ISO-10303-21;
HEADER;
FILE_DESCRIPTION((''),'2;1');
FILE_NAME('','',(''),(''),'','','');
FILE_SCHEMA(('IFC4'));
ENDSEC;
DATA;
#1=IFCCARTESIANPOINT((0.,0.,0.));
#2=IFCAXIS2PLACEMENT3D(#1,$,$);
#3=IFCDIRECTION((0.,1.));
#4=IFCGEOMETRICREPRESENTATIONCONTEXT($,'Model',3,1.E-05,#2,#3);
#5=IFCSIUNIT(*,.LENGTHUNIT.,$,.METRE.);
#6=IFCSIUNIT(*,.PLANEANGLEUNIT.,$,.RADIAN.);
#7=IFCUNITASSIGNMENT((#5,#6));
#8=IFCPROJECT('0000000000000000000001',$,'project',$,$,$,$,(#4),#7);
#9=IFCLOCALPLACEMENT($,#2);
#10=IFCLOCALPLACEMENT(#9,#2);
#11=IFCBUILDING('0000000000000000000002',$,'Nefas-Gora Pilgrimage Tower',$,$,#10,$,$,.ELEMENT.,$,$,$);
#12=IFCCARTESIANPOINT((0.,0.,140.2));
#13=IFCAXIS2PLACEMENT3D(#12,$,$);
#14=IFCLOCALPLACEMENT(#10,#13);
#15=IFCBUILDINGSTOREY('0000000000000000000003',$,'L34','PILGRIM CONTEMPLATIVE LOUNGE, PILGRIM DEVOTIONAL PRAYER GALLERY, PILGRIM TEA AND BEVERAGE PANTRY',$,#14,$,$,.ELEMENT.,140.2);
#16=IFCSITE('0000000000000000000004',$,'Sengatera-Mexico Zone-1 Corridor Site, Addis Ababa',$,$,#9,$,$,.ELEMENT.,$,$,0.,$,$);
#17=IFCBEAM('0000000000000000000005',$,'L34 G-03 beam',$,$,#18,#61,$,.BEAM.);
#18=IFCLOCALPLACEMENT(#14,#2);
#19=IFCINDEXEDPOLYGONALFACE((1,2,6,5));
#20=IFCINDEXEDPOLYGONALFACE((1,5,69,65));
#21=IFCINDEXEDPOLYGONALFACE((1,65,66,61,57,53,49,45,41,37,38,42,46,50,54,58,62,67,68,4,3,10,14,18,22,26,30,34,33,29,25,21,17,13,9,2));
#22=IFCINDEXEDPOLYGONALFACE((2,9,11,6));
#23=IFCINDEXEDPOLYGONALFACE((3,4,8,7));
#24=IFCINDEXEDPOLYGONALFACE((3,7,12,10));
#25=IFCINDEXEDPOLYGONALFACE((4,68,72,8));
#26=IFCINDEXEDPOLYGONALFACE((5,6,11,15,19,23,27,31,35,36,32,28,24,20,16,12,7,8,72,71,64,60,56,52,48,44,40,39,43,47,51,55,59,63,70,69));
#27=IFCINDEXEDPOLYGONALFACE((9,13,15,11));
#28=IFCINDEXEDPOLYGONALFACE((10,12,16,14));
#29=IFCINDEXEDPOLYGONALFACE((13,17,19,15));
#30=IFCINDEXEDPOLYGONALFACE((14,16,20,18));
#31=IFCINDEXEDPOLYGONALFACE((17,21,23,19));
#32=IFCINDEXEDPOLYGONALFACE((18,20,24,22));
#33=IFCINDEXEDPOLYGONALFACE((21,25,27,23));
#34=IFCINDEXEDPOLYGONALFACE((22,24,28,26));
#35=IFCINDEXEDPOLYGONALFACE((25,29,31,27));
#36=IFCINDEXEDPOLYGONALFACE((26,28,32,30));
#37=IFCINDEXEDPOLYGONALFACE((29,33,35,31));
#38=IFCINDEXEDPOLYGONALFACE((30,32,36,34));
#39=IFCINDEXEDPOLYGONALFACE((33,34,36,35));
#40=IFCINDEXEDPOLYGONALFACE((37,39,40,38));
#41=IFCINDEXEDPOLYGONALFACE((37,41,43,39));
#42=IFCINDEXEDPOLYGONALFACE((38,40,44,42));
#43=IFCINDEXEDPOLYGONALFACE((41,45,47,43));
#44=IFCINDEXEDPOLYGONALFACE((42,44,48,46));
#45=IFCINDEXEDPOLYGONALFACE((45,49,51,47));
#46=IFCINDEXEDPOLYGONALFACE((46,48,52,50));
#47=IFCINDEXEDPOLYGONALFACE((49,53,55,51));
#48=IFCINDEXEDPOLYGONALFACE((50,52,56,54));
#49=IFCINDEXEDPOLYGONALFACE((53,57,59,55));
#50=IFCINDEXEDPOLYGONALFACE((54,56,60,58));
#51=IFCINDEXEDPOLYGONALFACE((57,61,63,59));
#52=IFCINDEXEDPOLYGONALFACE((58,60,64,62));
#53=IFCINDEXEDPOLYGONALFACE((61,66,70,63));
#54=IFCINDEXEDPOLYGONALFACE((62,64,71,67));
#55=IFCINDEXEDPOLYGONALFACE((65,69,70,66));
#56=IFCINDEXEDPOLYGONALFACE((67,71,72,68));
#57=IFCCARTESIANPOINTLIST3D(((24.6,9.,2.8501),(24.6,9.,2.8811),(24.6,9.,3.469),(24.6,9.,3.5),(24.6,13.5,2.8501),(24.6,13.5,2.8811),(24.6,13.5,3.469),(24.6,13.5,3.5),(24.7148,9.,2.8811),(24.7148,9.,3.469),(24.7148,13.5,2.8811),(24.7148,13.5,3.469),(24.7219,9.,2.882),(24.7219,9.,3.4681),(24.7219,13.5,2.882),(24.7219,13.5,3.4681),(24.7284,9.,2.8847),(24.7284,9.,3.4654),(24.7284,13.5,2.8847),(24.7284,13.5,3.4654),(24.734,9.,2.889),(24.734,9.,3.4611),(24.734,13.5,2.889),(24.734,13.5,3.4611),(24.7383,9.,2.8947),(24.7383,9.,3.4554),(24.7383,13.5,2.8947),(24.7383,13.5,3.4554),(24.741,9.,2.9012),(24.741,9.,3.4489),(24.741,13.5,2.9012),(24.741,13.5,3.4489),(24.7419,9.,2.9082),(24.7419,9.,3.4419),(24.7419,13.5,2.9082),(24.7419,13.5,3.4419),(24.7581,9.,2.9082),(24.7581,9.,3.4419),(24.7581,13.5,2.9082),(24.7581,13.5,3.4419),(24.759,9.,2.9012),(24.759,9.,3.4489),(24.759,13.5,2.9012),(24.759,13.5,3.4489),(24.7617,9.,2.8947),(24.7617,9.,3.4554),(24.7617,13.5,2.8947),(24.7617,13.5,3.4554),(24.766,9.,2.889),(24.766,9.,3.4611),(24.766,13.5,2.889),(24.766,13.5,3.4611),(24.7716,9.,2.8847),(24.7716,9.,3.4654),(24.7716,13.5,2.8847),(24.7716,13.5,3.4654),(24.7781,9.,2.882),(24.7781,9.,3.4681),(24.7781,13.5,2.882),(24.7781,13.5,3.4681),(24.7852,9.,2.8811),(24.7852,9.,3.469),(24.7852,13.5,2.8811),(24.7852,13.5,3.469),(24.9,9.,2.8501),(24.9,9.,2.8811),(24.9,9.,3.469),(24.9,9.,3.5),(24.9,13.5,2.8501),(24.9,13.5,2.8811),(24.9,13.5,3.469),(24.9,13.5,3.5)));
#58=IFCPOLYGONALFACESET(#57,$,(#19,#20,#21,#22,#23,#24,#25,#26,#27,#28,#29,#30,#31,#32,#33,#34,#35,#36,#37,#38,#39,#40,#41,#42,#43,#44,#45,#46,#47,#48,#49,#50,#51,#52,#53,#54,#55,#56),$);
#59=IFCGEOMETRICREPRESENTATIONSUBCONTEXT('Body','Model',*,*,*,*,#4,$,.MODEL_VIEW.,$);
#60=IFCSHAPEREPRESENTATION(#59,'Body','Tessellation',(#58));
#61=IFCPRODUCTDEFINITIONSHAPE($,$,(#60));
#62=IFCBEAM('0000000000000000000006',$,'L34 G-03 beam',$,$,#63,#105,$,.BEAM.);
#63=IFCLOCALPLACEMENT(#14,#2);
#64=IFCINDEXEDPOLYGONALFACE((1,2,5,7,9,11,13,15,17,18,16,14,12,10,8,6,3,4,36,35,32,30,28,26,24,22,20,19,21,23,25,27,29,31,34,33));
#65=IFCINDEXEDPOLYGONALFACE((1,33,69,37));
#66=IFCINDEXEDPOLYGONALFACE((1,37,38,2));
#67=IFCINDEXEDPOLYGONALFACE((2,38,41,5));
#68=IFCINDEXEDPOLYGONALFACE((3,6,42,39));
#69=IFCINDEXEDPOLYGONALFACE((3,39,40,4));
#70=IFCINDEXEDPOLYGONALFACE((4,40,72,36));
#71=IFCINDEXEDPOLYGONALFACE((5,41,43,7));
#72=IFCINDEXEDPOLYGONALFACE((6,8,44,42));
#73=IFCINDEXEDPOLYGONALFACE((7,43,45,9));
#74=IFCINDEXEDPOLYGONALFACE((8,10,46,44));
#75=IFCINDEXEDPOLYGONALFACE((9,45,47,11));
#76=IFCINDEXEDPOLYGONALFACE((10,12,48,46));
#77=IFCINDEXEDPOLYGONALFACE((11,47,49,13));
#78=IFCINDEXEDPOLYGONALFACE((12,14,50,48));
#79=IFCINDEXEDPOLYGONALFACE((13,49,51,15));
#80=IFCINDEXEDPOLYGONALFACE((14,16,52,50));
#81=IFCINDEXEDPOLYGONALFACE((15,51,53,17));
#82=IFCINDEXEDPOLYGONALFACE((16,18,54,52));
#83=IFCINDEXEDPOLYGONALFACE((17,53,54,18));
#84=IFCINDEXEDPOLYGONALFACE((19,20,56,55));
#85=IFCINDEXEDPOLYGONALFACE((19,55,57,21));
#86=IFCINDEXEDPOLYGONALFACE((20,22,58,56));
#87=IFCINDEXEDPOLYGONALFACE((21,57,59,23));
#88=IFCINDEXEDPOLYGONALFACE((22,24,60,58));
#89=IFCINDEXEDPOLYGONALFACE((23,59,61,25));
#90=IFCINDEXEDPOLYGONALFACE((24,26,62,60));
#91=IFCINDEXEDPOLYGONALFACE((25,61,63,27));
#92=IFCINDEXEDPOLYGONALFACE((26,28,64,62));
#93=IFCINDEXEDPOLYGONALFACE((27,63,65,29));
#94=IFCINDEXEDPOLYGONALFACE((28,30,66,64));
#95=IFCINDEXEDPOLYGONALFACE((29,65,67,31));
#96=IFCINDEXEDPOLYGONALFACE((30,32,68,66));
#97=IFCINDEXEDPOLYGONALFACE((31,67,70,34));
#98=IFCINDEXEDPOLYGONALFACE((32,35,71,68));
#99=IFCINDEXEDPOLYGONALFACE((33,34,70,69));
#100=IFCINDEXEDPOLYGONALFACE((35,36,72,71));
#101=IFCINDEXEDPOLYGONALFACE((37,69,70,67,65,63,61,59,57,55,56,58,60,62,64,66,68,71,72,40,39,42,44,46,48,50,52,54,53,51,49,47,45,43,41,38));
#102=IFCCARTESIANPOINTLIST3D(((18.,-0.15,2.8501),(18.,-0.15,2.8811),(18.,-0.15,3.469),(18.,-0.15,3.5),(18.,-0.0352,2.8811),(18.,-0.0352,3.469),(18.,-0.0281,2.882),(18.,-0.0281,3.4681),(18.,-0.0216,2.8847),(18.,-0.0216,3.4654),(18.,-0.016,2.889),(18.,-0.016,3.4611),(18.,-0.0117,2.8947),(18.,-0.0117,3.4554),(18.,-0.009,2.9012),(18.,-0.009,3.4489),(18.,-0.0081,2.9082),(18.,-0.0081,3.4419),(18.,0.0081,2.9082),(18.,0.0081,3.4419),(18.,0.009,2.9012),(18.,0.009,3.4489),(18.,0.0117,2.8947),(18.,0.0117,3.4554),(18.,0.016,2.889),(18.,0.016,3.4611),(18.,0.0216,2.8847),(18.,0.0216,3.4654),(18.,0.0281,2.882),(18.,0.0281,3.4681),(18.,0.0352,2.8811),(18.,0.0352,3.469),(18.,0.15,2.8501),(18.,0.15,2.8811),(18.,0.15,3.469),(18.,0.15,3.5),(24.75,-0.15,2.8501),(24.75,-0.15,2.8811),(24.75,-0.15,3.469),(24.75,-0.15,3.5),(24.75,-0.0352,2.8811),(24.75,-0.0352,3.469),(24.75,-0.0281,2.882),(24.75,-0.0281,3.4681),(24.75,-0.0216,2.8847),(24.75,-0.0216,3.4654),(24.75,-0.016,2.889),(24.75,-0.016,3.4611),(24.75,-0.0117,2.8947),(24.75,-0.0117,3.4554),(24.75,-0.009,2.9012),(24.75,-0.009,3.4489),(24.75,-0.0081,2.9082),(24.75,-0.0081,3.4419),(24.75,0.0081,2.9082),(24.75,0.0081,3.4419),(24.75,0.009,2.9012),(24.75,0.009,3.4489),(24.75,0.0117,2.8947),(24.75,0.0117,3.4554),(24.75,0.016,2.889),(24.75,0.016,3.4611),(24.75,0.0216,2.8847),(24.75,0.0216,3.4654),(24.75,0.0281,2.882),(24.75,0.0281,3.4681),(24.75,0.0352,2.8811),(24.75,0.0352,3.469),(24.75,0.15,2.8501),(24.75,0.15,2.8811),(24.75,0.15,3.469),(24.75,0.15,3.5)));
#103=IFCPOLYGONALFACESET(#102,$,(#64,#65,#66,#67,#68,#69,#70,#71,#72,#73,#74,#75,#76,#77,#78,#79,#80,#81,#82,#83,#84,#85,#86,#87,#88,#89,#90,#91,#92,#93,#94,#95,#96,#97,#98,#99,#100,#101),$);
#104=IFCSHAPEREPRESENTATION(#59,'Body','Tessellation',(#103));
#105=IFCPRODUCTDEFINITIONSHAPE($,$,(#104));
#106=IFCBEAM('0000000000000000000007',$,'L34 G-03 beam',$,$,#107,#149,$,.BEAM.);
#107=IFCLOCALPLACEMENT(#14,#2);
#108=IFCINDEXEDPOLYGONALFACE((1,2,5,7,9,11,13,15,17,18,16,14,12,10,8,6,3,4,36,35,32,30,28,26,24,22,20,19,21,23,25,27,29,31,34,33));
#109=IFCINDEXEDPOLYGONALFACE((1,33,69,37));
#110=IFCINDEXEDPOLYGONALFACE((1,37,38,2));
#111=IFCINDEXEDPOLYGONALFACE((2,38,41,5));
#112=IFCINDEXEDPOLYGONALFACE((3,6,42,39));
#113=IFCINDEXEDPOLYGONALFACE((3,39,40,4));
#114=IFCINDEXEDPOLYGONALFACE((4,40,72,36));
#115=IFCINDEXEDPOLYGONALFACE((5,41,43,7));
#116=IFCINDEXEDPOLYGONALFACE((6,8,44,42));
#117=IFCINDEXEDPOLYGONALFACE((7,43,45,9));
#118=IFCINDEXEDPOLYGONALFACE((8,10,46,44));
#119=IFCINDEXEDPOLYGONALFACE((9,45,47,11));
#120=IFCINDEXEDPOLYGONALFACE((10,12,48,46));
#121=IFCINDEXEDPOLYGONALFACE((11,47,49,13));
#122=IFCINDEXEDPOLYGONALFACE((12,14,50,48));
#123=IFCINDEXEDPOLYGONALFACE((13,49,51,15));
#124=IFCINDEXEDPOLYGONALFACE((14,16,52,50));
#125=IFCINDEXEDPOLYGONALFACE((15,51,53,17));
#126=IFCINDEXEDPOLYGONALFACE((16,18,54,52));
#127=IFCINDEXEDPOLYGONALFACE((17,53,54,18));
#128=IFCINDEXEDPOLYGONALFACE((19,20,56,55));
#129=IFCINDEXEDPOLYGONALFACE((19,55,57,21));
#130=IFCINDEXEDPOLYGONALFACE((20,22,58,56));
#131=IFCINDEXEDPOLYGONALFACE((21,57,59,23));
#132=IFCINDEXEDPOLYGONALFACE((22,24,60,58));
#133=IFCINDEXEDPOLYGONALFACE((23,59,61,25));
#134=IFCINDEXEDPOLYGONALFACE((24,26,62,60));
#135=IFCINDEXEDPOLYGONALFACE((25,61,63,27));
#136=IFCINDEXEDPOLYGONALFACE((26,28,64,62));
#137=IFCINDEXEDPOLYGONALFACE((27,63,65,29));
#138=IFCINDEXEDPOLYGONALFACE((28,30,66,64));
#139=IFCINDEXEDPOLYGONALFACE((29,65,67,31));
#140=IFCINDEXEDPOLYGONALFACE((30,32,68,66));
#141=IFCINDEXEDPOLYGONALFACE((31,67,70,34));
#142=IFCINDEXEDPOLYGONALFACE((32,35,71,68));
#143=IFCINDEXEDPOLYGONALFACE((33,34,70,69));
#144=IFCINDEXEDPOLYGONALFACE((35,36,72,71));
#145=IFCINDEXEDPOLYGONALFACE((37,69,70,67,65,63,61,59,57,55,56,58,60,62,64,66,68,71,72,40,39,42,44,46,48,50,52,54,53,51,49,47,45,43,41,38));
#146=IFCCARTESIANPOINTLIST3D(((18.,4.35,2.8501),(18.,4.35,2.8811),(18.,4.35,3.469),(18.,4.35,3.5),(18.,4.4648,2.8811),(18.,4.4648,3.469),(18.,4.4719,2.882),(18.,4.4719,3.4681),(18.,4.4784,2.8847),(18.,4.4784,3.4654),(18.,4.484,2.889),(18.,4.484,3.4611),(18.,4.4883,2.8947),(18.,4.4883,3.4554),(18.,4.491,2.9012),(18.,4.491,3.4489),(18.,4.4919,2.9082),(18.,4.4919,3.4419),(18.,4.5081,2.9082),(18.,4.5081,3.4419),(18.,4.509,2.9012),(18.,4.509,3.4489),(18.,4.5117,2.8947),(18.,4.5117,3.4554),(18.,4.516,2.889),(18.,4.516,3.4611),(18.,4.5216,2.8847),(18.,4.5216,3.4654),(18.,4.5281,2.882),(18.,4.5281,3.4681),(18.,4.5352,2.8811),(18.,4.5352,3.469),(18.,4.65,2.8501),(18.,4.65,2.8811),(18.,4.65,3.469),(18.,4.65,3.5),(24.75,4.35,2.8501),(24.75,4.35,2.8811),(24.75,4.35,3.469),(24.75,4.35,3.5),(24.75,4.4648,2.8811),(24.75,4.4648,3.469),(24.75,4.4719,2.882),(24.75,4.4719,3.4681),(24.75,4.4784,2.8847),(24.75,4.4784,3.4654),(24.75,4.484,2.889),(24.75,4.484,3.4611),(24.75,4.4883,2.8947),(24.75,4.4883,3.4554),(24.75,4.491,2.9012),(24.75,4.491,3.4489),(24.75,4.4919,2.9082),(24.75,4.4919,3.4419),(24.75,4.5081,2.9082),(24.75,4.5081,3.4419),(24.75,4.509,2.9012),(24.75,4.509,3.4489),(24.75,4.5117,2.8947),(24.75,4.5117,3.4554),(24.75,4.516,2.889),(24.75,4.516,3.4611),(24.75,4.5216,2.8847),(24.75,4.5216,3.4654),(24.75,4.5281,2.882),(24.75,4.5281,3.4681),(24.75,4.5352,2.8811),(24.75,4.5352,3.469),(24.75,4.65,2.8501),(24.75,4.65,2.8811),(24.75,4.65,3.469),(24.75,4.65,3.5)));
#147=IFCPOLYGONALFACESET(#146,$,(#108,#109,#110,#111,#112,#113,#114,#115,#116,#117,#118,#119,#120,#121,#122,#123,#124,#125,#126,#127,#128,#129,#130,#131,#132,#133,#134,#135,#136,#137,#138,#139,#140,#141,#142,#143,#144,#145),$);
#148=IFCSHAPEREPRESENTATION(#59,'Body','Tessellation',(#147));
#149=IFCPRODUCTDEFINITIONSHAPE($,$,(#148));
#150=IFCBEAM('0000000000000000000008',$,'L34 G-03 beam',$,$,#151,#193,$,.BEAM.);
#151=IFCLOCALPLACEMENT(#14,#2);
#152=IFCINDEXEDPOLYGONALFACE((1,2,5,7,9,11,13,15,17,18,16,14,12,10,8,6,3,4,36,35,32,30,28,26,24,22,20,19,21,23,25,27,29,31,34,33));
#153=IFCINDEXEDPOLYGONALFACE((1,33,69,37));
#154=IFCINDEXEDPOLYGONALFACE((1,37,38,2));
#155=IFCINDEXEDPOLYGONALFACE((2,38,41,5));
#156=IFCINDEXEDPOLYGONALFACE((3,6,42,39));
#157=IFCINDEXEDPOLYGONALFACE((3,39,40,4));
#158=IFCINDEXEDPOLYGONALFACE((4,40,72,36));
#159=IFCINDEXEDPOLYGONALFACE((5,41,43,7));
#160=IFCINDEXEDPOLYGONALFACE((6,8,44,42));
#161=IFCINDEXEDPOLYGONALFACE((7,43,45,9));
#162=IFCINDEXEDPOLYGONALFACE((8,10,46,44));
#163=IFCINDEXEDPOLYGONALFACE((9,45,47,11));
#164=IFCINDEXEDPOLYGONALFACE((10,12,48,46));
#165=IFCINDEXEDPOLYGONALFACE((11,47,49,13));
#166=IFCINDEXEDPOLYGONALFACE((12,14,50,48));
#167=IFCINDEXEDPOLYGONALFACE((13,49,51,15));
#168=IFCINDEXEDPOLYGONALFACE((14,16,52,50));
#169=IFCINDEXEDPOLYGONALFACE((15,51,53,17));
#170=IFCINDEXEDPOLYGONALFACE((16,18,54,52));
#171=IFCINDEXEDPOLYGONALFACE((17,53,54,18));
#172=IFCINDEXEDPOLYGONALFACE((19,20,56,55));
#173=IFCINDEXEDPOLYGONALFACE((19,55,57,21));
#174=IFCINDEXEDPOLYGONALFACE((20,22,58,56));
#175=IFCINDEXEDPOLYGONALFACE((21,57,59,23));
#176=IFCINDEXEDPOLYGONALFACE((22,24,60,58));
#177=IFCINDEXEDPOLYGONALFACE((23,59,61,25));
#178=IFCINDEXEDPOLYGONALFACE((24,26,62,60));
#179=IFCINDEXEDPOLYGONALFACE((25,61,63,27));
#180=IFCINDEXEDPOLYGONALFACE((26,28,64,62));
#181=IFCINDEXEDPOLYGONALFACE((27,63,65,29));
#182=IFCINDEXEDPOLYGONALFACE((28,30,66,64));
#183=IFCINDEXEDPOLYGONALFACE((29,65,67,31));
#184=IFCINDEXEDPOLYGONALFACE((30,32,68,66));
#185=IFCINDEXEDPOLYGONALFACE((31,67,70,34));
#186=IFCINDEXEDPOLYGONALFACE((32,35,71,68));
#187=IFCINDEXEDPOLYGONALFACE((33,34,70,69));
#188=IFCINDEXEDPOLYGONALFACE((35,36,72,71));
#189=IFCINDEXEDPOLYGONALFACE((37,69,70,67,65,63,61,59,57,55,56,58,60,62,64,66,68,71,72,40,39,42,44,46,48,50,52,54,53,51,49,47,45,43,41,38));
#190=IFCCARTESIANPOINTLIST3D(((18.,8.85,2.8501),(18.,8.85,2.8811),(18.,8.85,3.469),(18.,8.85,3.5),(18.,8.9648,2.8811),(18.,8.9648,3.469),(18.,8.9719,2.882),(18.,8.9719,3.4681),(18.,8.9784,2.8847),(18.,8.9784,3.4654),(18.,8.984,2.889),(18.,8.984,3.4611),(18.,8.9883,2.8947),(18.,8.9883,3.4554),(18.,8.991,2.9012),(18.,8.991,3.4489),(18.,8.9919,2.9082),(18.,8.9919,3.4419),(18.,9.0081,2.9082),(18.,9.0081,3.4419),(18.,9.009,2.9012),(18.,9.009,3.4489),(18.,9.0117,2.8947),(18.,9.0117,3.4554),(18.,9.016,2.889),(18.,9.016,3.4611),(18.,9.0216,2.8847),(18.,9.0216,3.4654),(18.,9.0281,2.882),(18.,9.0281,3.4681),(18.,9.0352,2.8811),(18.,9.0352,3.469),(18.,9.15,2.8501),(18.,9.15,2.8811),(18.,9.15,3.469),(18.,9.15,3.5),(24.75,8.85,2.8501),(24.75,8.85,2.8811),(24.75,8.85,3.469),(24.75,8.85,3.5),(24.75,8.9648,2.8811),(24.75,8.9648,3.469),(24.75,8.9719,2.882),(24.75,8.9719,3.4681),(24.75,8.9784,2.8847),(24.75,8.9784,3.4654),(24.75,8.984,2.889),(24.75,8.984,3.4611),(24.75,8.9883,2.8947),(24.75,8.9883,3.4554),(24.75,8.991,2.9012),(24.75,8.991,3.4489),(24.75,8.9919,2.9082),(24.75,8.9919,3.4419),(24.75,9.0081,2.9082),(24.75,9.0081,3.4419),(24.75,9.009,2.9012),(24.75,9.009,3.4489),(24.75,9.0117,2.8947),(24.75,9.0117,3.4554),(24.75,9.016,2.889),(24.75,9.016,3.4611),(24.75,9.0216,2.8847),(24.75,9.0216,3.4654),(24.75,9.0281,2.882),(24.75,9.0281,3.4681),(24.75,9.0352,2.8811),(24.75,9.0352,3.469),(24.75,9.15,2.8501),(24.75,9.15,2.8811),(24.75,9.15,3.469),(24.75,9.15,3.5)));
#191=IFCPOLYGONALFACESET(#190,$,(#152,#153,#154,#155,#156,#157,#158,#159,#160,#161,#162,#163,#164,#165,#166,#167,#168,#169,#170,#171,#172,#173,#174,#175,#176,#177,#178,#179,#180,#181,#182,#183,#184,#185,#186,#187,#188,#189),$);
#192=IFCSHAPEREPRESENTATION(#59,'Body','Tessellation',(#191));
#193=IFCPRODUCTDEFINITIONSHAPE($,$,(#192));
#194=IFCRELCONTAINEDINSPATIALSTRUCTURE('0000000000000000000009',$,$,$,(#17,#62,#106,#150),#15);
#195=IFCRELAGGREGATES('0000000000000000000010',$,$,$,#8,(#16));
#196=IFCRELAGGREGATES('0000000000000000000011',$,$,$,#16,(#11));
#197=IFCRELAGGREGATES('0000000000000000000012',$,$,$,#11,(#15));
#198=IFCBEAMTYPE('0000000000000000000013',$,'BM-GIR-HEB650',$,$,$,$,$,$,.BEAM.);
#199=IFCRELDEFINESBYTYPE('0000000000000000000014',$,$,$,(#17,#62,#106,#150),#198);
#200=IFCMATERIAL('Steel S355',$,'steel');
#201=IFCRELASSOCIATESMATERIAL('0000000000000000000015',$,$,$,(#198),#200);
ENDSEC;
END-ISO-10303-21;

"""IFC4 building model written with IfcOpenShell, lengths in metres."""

from ifc_helpers import new_model, si_unit, direction, frame, origin, origin_2d, place, context, subcontext, project, spatial, i_section, extrude, source, transform, mapped, material, material_profile, profile_set, type_object, element, save


model = new_model("IFC4")

# Units and contexts
model_context = context("Model", 3, precision=1e-05, world=origin(), true_north=direction((0.0, 1.0)))
body_context = subcontext(model_context, "Body", "Model", "MODEL_VIEW")
ifc_project = project(units=[si_unit("LENGTHUNIT", "METRE"), si_unit("PLANEANGLEUNIT", "RADIAN")], contexts=[model_context])

# Site, building, storey
site_placement = place(None, origin())
site = spatial("IfcSite", under=ifc_project, at=site_placement, Name="Sengatera-Mexico Zone-1 Corridor Site, Addis Ababa", CompositionType="ELEMENT", RefElevation=0.0)
building_placement = place(site_placement, origin())
building = spatial("IfcBuilding", under=site, at=building_placement, Name="Nefas-Gora Pilgrimage Tower", CompositionType="ELEMENT")
storey_placement = place(building_placement, frame((0.0, 0.0, 140.2)))
storey = spatial("IfcBuildingStorey", under=building, at=storey_placement, Name="L34", Description="PILGRIM CONTEMPLATIVE LOUNGE, PILGRIM DEVOTIONAL PRAYER GALLERY, PILGRIM TEA AND BEVERAGE PANTRY", CompositionType="ELEMENT", Elevation=140.2)

# Beams
ifc_material_1 = material(Name="Steel S355", Category="steel")
ifc_material_profile_1 = material_profile(ifc_material_1, i_section(OverallWidth=0.3, OverallDepth=0.6499, WebThickness=0.0161, FlangeThickness=0.031, FilletRadius=0.0271, at=origin_2d()), Name="HEB 650")
ifc_profile_set_1 = profile_set([ifc_material_profile_1], Name="Steel S355")
beam_type_1 = type_object("IfcBeamType", Name="BM-GIR-HEB650", PredefinedType="BEAM", material=ifc_profile_set_1)
shared_shape_1 = source(origin(), body_context, "Body", "SweptSolid", [
    extrude(i_section(OverallWidth=0.3, OverallDepth=0.6499, WebThickness=0.0161, FlangeThickness=0.031, FilletRadius=0.0271, at=origin_2d()), origin(), (0.0, 0.0, 1.0), 4.5),
])
for number, where, z_axis, x_axis, name in (
    (1, (24.75, 9.0, 3.175), (0.0, 1.0, 0.0), (-1.0, 0.0, 0.0), "L34 G-03 beam"),
):
    element("IfcBeam", number, at=place(storey_placement, frame(where, z_axis=z_axis, x_axis=x_axis)), inside=storey, type_object=beam_type_1, Name=name, PredefinedType="BEAM", context=body_context, shape_type="MappedRepresentation", body=[
        mapped(shared_shape_1, transform((0.0, 0.0, 0.0), x_axis=(1.0, 0.0, 0.0), y_axis=(0.0, 1.0, 0.0), z_axis=(0.0, 0.0, 1.0), scale=1.0)),
    ])
shared_shape_2 = source(origin(), body_context, "Body", "SweptSolid", [
    extrude(i_section(OverallWidth=0.3, OverallDepth=0.6499, WebThickness=0.0161, FlangeThickness=0.031, FilletRadius=0.0271, at=origin_2d()), origin(), (0.0, 0.0, 1.0), 6.75),
])
for number, where, z_axis, x_axis, name in (
    (2, (18.0, 0.0, 3.175), (1.0, 0.0, 0.0), (0.0, 1.0, 0.0), "L34 G-03 beam"),
    (3, (18.0, 4.5, 3.175), (1.0, 0.0, 0.0), (0.0, 1.0, 0.0), "L34 G-03 beam"),
    (4, (18.0, 9.0, 3.175), (1.0, 0.0, 0.0), (0.0, 1.0, 0.0), "L34 G-03 beam"),
):
    element("IfcBeam", number, at=place(storey_placement, frame(where, z_axis=z_axis, x_axis=x_axis)), inside=storey, type_object=beam_type_1, Name=name, PredefinedType="BEAM", context=body_context, shape_type="MappedRepresentation", body=[
        mapped(shared_shape_2, transform((0.0, 0.0, 0.0), x_axis=(1.0, 0.0, 0.0), y_axis=(0.0, 1.0, 0.0), z_axis=(0.0, 0.0, 1.0), scale=1.0)),
    ])

save(model, "model.ifc")
